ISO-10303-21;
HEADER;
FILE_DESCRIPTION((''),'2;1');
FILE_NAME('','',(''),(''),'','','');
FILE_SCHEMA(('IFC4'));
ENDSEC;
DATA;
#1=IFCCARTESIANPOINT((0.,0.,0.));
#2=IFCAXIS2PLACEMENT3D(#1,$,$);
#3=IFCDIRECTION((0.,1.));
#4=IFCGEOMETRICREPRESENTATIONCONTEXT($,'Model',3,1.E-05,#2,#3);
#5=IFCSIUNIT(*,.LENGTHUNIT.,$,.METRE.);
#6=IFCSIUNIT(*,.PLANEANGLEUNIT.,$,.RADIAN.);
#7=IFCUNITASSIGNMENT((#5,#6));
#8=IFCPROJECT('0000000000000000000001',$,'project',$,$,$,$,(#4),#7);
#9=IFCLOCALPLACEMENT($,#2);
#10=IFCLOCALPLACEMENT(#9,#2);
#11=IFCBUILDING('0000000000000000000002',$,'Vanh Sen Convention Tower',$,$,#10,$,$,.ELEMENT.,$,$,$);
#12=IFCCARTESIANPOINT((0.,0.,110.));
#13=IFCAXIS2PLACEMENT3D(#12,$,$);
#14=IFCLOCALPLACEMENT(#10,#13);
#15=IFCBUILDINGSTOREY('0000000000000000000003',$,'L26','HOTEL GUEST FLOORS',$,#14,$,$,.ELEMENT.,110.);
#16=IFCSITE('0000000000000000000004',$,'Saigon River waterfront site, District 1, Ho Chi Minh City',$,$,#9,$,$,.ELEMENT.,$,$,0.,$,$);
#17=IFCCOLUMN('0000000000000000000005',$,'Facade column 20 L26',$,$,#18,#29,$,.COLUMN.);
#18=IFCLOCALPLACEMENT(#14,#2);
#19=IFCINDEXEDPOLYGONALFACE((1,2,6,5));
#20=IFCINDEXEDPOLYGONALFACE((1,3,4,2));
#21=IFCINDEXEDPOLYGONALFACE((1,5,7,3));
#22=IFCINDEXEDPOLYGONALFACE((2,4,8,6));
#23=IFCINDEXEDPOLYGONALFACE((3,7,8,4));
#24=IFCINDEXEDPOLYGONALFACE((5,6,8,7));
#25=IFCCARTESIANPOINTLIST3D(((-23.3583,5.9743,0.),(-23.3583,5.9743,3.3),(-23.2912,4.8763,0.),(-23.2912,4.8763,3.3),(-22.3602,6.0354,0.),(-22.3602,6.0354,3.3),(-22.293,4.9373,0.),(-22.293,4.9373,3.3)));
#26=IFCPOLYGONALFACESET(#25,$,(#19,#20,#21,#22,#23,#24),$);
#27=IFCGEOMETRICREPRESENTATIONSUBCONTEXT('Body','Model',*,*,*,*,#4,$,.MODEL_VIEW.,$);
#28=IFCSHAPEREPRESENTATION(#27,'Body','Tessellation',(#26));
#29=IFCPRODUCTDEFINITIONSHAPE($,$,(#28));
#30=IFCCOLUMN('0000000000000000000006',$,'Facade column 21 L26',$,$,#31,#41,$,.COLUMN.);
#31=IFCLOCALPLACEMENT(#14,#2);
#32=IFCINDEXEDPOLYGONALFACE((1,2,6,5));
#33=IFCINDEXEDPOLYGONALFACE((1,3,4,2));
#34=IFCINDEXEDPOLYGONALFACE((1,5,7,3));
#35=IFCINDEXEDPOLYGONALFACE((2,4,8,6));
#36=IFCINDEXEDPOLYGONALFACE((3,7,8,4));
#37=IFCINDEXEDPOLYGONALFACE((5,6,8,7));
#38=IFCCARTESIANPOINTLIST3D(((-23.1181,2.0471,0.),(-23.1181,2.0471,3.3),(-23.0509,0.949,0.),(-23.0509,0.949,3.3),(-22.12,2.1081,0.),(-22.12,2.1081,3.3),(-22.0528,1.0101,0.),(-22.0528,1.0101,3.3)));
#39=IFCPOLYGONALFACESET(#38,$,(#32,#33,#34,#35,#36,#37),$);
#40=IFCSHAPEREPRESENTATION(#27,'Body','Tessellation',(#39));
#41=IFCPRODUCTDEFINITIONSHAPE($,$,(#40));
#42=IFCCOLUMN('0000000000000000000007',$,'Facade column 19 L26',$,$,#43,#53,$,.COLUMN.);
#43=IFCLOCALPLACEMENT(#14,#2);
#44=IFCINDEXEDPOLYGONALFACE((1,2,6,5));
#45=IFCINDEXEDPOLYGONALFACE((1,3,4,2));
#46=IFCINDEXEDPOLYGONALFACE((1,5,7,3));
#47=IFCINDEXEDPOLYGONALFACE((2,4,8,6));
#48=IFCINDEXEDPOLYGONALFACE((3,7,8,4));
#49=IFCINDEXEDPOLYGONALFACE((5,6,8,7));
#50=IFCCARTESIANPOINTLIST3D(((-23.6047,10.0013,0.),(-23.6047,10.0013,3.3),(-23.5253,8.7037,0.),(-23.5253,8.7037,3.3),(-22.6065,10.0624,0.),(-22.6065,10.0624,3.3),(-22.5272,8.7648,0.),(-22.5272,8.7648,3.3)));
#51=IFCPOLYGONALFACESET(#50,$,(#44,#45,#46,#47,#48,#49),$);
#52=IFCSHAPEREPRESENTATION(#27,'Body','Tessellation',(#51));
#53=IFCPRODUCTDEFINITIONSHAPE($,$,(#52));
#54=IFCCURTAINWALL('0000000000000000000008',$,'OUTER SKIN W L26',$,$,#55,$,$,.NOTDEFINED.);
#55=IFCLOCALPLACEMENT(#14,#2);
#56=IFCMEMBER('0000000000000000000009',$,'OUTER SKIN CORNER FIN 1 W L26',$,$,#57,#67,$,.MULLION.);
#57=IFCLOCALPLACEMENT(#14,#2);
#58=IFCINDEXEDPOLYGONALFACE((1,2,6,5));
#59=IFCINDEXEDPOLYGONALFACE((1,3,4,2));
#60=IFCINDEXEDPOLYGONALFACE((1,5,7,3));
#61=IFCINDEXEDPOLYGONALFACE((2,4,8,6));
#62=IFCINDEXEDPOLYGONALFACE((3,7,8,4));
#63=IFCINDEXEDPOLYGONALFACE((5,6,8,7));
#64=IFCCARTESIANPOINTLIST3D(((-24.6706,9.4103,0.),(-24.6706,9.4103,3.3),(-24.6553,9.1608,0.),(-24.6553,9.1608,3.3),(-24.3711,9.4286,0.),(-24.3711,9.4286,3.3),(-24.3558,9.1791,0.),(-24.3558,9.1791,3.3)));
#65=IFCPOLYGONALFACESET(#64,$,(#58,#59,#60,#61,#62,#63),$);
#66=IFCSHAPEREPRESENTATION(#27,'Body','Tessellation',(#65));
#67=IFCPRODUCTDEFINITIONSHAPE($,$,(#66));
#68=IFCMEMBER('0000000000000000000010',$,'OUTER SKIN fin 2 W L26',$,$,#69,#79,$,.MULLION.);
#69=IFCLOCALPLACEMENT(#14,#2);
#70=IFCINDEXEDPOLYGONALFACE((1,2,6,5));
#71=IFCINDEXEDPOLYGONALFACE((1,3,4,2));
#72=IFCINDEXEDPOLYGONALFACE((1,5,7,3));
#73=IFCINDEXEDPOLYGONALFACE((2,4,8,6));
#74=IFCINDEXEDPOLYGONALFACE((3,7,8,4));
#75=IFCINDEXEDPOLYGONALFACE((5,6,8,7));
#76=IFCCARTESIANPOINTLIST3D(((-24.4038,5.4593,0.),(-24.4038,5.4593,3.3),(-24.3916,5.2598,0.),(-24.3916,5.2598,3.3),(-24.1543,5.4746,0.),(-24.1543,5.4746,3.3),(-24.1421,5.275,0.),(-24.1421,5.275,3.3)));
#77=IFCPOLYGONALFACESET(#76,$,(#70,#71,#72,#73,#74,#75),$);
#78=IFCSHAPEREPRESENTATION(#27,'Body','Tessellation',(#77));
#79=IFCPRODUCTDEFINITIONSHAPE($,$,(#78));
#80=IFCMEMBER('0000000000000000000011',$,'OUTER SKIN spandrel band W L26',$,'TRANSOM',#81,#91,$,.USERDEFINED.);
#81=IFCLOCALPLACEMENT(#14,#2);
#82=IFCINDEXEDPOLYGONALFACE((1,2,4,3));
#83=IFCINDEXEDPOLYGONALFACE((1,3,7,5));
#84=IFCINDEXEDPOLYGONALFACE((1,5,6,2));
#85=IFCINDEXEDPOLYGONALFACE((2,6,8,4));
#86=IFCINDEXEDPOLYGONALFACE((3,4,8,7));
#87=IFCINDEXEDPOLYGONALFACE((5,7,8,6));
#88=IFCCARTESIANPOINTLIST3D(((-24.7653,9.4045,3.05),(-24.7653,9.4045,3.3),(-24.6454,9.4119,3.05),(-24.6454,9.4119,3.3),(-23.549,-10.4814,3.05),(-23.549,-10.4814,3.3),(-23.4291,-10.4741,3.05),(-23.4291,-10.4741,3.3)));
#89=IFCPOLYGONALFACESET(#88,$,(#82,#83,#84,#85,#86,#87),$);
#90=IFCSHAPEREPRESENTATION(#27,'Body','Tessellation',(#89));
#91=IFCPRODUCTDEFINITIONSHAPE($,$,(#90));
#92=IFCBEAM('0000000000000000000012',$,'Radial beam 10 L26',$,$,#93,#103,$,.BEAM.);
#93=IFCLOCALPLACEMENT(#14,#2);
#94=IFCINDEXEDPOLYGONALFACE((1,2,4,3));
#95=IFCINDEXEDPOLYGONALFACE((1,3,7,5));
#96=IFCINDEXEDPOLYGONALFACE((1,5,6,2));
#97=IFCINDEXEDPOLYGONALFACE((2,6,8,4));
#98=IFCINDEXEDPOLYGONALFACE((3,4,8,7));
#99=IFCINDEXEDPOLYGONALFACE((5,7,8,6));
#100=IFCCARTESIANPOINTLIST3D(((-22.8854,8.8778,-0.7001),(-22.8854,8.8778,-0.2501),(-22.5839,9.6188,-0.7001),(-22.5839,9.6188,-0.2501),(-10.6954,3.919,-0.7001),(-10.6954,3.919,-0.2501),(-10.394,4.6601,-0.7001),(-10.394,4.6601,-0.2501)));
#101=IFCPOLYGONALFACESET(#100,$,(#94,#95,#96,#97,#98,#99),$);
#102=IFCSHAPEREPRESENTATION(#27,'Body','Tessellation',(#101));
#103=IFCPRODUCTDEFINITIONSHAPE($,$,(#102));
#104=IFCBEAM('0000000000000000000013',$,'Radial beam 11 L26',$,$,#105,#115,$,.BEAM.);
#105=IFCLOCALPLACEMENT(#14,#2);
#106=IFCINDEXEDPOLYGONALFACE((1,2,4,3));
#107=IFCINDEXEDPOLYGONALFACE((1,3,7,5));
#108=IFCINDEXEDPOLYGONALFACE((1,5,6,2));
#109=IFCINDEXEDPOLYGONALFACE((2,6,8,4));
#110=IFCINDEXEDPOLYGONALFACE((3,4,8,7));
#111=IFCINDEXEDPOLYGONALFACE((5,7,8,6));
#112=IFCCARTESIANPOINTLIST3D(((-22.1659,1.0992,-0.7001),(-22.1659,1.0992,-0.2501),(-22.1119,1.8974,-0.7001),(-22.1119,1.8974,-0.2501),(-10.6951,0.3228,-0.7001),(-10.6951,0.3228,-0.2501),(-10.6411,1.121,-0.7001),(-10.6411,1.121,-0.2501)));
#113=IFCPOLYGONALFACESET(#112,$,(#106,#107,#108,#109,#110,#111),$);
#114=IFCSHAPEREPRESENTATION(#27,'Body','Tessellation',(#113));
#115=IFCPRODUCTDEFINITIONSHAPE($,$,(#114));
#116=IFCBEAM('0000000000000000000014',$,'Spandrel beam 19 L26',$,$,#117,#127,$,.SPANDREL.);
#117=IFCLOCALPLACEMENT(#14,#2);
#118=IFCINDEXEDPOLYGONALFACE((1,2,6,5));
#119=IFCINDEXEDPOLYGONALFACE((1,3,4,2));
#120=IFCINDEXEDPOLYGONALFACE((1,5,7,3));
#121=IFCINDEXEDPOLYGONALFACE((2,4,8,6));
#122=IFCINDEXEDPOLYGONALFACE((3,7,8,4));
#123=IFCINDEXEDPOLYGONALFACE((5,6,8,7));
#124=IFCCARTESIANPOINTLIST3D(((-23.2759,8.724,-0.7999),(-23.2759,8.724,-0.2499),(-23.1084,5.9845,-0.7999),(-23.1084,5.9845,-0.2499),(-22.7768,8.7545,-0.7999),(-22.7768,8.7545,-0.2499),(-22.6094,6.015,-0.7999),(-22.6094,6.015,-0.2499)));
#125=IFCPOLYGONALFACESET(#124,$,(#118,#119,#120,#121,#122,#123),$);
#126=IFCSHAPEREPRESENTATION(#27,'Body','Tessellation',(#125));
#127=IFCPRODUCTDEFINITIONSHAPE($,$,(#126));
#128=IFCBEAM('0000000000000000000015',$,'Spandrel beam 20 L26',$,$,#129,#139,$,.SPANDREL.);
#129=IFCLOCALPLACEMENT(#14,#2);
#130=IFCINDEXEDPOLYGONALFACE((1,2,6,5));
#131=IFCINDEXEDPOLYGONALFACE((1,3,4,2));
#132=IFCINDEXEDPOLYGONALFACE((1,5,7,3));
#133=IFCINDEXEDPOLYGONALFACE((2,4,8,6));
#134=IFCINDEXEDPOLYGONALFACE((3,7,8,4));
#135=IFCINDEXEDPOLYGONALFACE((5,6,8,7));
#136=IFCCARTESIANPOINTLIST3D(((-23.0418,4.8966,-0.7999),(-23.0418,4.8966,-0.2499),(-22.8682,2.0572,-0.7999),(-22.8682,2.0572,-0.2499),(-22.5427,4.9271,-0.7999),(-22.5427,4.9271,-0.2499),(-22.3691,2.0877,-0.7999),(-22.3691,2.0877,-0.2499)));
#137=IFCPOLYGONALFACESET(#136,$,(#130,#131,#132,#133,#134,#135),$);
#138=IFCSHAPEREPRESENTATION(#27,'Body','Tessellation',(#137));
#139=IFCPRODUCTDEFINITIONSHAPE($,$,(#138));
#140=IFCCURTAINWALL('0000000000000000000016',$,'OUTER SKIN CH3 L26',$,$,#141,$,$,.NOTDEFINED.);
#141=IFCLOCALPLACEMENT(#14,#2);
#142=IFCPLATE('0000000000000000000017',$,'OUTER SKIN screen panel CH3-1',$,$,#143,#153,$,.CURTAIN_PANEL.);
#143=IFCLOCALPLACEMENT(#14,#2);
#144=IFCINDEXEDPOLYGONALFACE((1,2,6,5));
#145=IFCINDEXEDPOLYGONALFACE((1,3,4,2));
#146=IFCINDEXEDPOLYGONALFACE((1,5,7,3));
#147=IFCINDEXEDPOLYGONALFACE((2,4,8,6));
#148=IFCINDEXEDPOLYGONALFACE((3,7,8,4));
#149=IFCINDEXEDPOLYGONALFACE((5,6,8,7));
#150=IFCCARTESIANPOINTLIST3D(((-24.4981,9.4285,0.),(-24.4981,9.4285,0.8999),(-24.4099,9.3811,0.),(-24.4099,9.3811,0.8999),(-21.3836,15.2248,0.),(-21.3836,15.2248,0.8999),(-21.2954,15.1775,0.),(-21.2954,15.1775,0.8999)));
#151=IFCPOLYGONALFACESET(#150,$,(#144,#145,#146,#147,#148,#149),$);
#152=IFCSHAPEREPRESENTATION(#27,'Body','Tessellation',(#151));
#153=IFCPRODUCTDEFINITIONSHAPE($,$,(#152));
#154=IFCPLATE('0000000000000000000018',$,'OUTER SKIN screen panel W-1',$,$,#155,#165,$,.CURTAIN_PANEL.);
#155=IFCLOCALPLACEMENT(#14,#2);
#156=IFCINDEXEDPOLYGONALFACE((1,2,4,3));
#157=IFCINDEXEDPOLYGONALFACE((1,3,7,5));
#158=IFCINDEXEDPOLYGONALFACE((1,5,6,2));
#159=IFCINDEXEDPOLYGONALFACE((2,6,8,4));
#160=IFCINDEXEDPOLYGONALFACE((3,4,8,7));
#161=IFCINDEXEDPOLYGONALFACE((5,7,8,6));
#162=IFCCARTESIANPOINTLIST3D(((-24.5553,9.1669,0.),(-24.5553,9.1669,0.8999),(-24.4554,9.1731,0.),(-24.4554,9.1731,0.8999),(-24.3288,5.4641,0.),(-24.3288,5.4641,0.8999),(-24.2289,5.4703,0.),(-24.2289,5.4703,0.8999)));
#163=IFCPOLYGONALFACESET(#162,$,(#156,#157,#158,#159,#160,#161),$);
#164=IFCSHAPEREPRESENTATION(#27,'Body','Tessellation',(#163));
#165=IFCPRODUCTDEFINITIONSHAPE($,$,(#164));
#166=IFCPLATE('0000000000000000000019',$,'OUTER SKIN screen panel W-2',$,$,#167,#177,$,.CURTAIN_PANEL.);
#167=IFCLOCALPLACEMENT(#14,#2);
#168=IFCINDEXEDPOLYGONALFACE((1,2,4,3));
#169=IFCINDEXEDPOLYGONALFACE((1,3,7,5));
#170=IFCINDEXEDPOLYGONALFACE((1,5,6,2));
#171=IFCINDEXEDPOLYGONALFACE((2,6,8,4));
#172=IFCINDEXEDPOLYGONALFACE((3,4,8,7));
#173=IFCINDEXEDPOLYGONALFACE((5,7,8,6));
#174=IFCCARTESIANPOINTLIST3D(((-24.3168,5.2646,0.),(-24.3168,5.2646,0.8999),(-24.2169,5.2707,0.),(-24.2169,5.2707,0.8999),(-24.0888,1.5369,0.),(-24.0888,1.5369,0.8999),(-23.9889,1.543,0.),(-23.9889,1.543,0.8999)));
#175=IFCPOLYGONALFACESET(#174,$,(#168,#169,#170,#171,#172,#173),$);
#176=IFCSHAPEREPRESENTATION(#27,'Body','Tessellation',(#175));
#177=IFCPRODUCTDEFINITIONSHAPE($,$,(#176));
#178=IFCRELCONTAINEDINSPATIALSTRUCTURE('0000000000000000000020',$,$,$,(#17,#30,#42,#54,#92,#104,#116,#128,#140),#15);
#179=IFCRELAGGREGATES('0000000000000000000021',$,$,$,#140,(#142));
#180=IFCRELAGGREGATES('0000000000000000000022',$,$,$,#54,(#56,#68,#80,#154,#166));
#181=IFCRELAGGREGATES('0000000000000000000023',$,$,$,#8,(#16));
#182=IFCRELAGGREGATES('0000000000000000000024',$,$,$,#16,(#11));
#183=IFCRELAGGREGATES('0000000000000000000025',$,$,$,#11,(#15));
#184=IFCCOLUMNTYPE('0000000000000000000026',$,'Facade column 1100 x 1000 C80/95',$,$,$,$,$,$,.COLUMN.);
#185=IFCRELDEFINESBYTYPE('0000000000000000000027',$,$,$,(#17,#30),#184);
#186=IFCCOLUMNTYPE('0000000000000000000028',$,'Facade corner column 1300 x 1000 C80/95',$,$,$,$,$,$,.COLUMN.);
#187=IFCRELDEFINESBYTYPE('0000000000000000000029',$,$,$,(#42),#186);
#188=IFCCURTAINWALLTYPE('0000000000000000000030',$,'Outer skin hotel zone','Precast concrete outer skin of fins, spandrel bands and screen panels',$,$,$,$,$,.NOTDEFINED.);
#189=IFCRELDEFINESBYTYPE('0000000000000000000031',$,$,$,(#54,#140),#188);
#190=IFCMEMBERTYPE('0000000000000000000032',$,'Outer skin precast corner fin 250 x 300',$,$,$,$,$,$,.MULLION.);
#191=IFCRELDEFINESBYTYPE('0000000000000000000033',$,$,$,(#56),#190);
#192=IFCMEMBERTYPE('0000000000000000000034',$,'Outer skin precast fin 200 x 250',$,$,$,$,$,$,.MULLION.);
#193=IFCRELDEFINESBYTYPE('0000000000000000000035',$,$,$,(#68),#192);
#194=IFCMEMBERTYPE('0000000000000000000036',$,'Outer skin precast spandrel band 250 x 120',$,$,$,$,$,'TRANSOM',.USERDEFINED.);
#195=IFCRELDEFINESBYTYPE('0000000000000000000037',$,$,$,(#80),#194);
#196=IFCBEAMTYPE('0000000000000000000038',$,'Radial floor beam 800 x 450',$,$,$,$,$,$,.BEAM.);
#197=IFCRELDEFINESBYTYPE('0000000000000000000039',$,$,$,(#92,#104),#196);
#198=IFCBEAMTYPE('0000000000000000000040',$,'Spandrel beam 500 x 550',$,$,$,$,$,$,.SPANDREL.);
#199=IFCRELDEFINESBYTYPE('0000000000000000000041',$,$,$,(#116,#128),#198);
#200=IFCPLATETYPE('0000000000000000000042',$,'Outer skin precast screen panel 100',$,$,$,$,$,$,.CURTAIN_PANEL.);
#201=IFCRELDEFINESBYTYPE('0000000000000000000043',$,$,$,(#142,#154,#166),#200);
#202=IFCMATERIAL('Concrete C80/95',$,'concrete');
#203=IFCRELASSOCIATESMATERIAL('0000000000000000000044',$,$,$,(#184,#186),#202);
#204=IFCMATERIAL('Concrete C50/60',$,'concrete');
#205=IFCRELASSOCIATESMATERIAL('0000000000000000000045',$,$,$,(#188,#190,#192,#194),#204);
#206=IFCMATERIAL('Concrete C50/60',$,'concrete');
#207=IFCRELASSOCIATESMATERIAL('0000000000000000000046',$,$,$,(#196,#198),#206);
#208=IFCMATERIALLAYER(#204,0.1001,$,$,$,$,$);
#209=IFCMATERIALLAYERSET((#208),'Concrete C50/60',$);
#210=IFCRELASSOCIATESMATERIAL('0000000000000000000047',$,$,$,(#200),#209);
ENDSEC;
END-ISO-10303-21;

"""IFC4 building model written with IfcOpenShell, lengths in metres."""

from ifc_helpers import new_model, si_unit, direction, frame, origin, origin_2d, place, context, subcontext, project, spatial, rectangle, extrude, material, layer, layer_set, material_profile, profile_set, type_object, element, aggregate, save


model = new_model("IFC4")

# Units and contexts
model_context = context("Model", 3, precision=1e-05, world=origin(), true_north=direction((0.0, 1.0)))
body_context = subcontext(model_context, "Body", "Model", "MODEL_VIEW")
ifc_project = project(units=[si_unit("LENGTHUNIT", "METRE"), si_unit("PLANEANGLEUNIT", "RADIAN")], contexts=[model_context])

# Site, building, storey
site_placement = place(None, origin())
site = spatial("IfcSite", under=ifc_project, at=site_placement, Name="Saigon River waterfront site, District 1, Ho Chi Minh City", CompositionType="ELEMENT", RefElevation=0.0)
building_placement = place(site_placement, origin())
building = spatial("IfcBuilding", under=site, at=building_placement, Name="Vanh Sen Convention Tower", CompositionType="ELEMENT")
storey_placement = place(building_placement, frame((0.0, 0.0, 110.0)))
storey = spatial("IfcBuildingStorey", under=building, at=storey_placement, Name="L26", Description="HOTEL GUEST FLOORS", CompositionType="ELEMENT", Elevation=110.0)

# Columns
ifc_material_1 = material(Name="Concrete C80/95", Category="concrete")
ifc_material_profile_1 = material_profile(ifc_material_1, rectangle(XDim=1.1001, YDim=1.0, at=origin_2d()), Name="RC 1100X1000")
ifc_profile_set_1 = profile_set([ifc_material_profile_1], Name="Concrete C80/95")
column_type_1 = type_object("IfcColumnType", Name="Facade column 1100 x 1000 C80/95", PredefinedType="COLUMN", material=ifc_profile_set_1)
for number, where, z_axis, x_axis, name in (
    (1, (-22.8257, 5.4558, 0.0), (0.0, 0.0, 1.0), (0.061049, -0.998135, 0.0), "Facade column 20 L26"),
    (2, (-22.5854, 1.5286, 0.0), (0.0, 0.0, 1.0), (0.061049, -0.998135, 0.0), "Facade column 21 L26"),
):
    element("IfcColumn", number, at=place(storey_placement, frame(where, z_axis=z_axis, x_axis=x_axis)), inside=storey, type_object=column_type_1, Name=name, PredefinedType="COLUMN", context=body_context, shape_type="SweptSolid", body=[
        extrude(rectangle(XDim=1.1001, YDim=1.0, at=origin_2d()), origin(), (0.0, 0.0, 1.0), 3.3),
    ])
ifc_material_profile_2 = material_profile(ifc_material_1, rectangle(XDim=1.3, YDim=1.0, at=origin_2d()), Name="RC 1300X1000")
ifc_profile_set_2 = profile_set([ifc_material_profile_2], Name="Concrete C80/95")
column_type_2 = type_object("IfcColumnType", Name="Facade corner column 1300 x 1000 C80/95", PredefinedType="COLUMN", material=ifc_profile_set_2)
column_placement = place(storey_placement, frame((-23.0659, 9.3831, 0.0), z_axis=(0.0, 0.0, 1.0), x_axis=(0.061049, -0.998135, 0.0)))
element("IfcColumn", 3, at=column_placement, inside=storey, type_object=column_type_2, Name="Facade column 19 L26", PredefinedType="COLUMN", context=body_context, shape_type="SweptSolid", body=[
    extrude(rectangle(XDim=1.3, YDim=1.0, at=origin_2d()), origin(), (0.0, 0.0, 1.0), 3.3),
])

# Curtain wall, members
ifc_material_2 = material(Name="Concrete C50/60", Category="concrete")
curtain_wall_type = type_object("IfcCurtainWallType", Name="Outer skin hotel zone", Description="Precast concrete outer skin of fins, spandrel bands and screen panels", PredefinedType="NOTDEFINED", material=ifc_material_2)
curtain_wall_1_placement = place(storey_placement, origin())
curtain_wall_1 = element("IfcCurtainWall", 4, at=curtain_wall_1_placement, inside=storey, type_object=curtain_wall_type, Name="OUTER SKIN W L26", PredefinedType="NOTDEFINED")
ifc_material_profile_3 = material_profile(ifc_material_2, rectangle(XDim=0.25, YDim=0.3, at=origin_2d()), Name="Outer skin precast corner fin 250 x 300")
ifc_profile_set_3 = profile_set([ifc_material_profile_3], Name="Concrete C50/60")
member_type_1 = type_object("IfcMemberType", Name="Outer skin precast corner fin 250 x 300", PredefinedType="MULLION", material=ifc_profile_set_3)
member_1_placement = place(storey_placement, frame((-24.5132, 9.2947, 0.0), z_axis=(0.0, 0.0, 1.0), x_axis=(0.061049, -0.998135, 0.0)))
member_1 = element("IfcMember", 5, at=member_1_placement, type_object=member_type_1, Name="OUTER SKIN CORNER FIN 1 W L26", PredefinedType="MULLION", context=body_context, shape_type="SweptSolid", body=[
    extrude(rectangle(XDim=0.25, YDim=0.3, at=origin_2d()), origin(), (0.0, 0.0, 1.0), 3.3),
])
ifc_material_profile_4 = material_profile(ifc_material_2, rectangle(XDim=0.2, YDim=0.25, at=origin_2d()), Name="Outer skin precast fin 200 x 250")
ifc_profile_set_4 = profile_set([ifc_material_profile_4], Name="Concrete C50/60")
member_type_2 = type_object("IfcMemberType", Name="Outer skin precast fin 200 x 250", PredefinedType="MULLION", material=ifc_profile_set_4)
member_2_placement = place(storey_placement, frame((-24.2729, 5.3672, 0.0), z_axis=(0.0, 0.0, 1.0), x_axis=(0.061049, -0.998135, 0.0)))
member_2 = element("IfcMember", 6, at=member_2_placement, type_object=member_type_2, Name="OUTER SKIN fin 2 W L26", PredefinedType="MULLION", context=body_context, shape_type="SweptSolid", body=[
    extrude(rectangle(XDim=0.2, YDim=0.25, at=origin_2d()), origin(), (0.0, 0.0, 1.0), 3.3),
])
ifc_material_profile_5 = material_profile(ifc_material_2, rectangle(XDim=0.1201, YDim=0.25, at=origin_2d()), Name="Outer skin precast spandrel band 250 x 120")
ifc_profile_set_5 = profile_set([ifc_material_profile_5], Name="Concrete C50/60")
member_type_3 = type_object("IfcMemberType", Name="Outer skin precast spandrel band 250 x 120", ElementType="TRANSOM", PredefinedType="USERDEFINED", material=ifc_profile_set_5)
member_3_placement = place(storey_placement, frame((-24.7053, 9.4082, 3.175), z_axis=(0.06105, -0.998135, 0.0), x_axis=(0.998135, 0.06105, 0.0)))
member_3 = element("IfcMember", 7, at=member_3_placement, type_object=member_type_3, Name="OUTER SKIN spandrel band W L26", ObjectType="TRANSOM", PredefinedType="USERDEFINED", context=body_context, shape_type="SweptSolid", body=[
    extrude(rectangle(XDim=0.1201, YDim=0.25, at=origin_2d()), origin(), (0.0, 0.0, 1.0), 19.9231),
])

# Beams
ifc_material_3 = material(Name="Concrete C50/60", Category="concrete")
ifc_material_profile_6 = material_profile(ifc_material_3, rectangle(XDim=0.8, YDim=0.45, at=origin_2d()), Name="RC 800X450")
ifc_profile_set_6 = profile_set([ifc_material_profile_6], Name="Concrete C50/60")
beam_type_1 = type_object("IfcBeamType", Name="Radial floor beam 800 x 450", PredefinedType="BEAM", material=ifc_profile_set_6)
beam_1_placement = place(storey_placement, frame((-22.7346, 9.2483, -0.4751), z_axis=(0.926292, -0.376806, 0.0), x_axis=(0.376806, 0.926292, 0.0)))
element("IfcBeam", 8, at=beam_1_placement, inside=storey, type_object=beam_type_1, Name="Radial beam 10 L26", PredefinedType="BEAM", context=body_context, shape_type="SweptSolid", body=[
    extrude(rectangle(XDim=0.8, YDim=0.45, at=origin_2d()), origin(), (0.0, 0.0, 1.0), 13.1599),
])
beam_2_placement = place(storey_placement, frame((-22.1389, 1.4983, -0.4751), z_axis=(0.997717, -0.067527, 0.0), x_axis=(0.067527, 0.997717, 0.0)))
element("IfcBeam", 9, at=beam_2_placement, inside=storey, type_object=beam_type_1, Name="Radial beam 11 L26", PredefinedType="BEAM", context=body_context, shape_type="SweptSolid", body=[
    extrude(rectangle(XDim=0.8, YDim=0.45, at=origin_2d()), origin(), (0.0, 0.0, 1.0), 11.4971),
])
ifc_material_profile_7 = material_profile(ifc_material_3, rectangle(XDim=0.5, YDim=0.55, at=origin_2d()), Name="RC 500X550")
ifc_profile_set_7 = profile_set([ifc_material_profile_7], Name="Concrete C50/60")
beam_type_2 = type_object("IfcBeamType", Name="Spandrel beam 500 x 550", PredefinedType="SPANDREL", material=ifc_profile_set_7)
beam_3_placement = place(storey_placement, frame((-23.0264, 8.7393, -0.5249), z_axis=(0.061021, -0.998136, 0.0), x_axis=(0.998136, 0.061021, 0.0)))
element("IfcBeam", 10, at=beam_3_placement, inside=storey, type_object=beam_type_2, Name="Spandrel beam 19 L26", PredefinedType="SPANDREL", context=body_context, shape_type="SweptSolid", body=[
    extrude(rectangle(XDim=0.5, YDim=0.55, at=origin_2d()), origin(), (0.0, 0.0, 1.0), 2.7446),
])
beam_4_placement = place(storey_placement, frame((-22.7922, 4.9119, -0.5249), z_axis=(0.061021, -0.998136, 0.0), x_axis=(0.998136, 0.061021, 0.0)))
element("IfcBeam", 11, at=beam_4_placement, inside=storey, type_object=beam_type_2, Name="Spandrel beam 20 L26", PredefinedType="SPANDREL", context=body_context, shape_type="SweptSolid", body=[
    extrude(rectangle(XDim=0.5, YDim=0.55, at=origin_2d()), origin(), (0.0, 0.0, 1.0), 2.8447),
])

# Curtain wall, plate
curtain_wall_2_placement = place(storey_placement, origin())
curtain_wall_2 = element("IfcCurtainWall", 12, at=curtain_wall_2_placement, inside=storey, type_object=curtain_wall_type, Name="OUTER SKIN CH3 L26", PredefinedType="NOTDEFINED")
ifc_layer_1 = layer(ifc_material_2, 0.1001)
ifc_layer_set_1 = layer_set([ifc_layer_1], Name="Concrete C50/60")
plate_type = type_object("IfcPlateType", Name="Outer skin precast screen panel 100", PredefinedType="CURTAIN_PANEL", material=ifc_layer_set_1)
plate_1_placement = place(storey_placement, frame((-22.8967, 12.303, 0.0), z_axis=(0.0, 0.0, 1.0), x_axis=(-0.473318, -0.880892, 0.0)))
plate_1 = element("IfcPlate", 13, at=plate_1_placement, type_object=plate_type, Name="OUTER SKIN screen panel CH3-1", PredefinedType="CURTAIN_PANEL", context=body_context, shape_type="SweptSolid", body=[
    extrude(rectangle(XDim=6.5801, YDim=0.1001, at=origin_2d()), origin(), (0.0, 0.0, 1.0), 0.8999),
])
aggregate(curtain_wall_2, [plate_1])

# Plates
plate_2_placement = place(storey_placement, frame((-24.3921, 7.3186, 0.0), z_axis=(0.0, 0.0, 1.0), x_axis=(0.061047, -0.998135, 0.0)))
plate_2 = element("IfcPlate", 14, at=plate_2_placement, type_object=plate_type, Name="OUTER SKIN screen panel W-1", PredefinedType="CURTAIN_PANEL", context=body_context, shape_type="SweptSolid", body=[
    extrude(rectangle(XDim=3.7097, YDim=0.1001, at=origin_2d()), origin(), (0.0, 0.0, 1.0), 0.8999),
])
plate_3_placement = place(storey_placement, frame((-24.1528, 3.4038, 0.0), z_axis=(0.0, 0.0, 1.0), x_axis=(0.061049, -0.998135, 0.0)))
plate_3 = element("IfcPlate", 15, at=plate_3_placement, type_object=plate_type, Name="OUTER SKIN screen panel W-2", PredefinedType="CURTAIN_PANEL", context=body_context, shape_type="SweptSolid", body=[
    extrude(rectangle(XDim=3.7346, YDim=0.1001, at=origin_2d()), origin(), (0.0, 0.0, 1.0), 0.8999),
])
aggregate(curtain_wall_1, [member_1, member_2, member_3, plate_2, plate_3])

save(model, "model.ifc")
